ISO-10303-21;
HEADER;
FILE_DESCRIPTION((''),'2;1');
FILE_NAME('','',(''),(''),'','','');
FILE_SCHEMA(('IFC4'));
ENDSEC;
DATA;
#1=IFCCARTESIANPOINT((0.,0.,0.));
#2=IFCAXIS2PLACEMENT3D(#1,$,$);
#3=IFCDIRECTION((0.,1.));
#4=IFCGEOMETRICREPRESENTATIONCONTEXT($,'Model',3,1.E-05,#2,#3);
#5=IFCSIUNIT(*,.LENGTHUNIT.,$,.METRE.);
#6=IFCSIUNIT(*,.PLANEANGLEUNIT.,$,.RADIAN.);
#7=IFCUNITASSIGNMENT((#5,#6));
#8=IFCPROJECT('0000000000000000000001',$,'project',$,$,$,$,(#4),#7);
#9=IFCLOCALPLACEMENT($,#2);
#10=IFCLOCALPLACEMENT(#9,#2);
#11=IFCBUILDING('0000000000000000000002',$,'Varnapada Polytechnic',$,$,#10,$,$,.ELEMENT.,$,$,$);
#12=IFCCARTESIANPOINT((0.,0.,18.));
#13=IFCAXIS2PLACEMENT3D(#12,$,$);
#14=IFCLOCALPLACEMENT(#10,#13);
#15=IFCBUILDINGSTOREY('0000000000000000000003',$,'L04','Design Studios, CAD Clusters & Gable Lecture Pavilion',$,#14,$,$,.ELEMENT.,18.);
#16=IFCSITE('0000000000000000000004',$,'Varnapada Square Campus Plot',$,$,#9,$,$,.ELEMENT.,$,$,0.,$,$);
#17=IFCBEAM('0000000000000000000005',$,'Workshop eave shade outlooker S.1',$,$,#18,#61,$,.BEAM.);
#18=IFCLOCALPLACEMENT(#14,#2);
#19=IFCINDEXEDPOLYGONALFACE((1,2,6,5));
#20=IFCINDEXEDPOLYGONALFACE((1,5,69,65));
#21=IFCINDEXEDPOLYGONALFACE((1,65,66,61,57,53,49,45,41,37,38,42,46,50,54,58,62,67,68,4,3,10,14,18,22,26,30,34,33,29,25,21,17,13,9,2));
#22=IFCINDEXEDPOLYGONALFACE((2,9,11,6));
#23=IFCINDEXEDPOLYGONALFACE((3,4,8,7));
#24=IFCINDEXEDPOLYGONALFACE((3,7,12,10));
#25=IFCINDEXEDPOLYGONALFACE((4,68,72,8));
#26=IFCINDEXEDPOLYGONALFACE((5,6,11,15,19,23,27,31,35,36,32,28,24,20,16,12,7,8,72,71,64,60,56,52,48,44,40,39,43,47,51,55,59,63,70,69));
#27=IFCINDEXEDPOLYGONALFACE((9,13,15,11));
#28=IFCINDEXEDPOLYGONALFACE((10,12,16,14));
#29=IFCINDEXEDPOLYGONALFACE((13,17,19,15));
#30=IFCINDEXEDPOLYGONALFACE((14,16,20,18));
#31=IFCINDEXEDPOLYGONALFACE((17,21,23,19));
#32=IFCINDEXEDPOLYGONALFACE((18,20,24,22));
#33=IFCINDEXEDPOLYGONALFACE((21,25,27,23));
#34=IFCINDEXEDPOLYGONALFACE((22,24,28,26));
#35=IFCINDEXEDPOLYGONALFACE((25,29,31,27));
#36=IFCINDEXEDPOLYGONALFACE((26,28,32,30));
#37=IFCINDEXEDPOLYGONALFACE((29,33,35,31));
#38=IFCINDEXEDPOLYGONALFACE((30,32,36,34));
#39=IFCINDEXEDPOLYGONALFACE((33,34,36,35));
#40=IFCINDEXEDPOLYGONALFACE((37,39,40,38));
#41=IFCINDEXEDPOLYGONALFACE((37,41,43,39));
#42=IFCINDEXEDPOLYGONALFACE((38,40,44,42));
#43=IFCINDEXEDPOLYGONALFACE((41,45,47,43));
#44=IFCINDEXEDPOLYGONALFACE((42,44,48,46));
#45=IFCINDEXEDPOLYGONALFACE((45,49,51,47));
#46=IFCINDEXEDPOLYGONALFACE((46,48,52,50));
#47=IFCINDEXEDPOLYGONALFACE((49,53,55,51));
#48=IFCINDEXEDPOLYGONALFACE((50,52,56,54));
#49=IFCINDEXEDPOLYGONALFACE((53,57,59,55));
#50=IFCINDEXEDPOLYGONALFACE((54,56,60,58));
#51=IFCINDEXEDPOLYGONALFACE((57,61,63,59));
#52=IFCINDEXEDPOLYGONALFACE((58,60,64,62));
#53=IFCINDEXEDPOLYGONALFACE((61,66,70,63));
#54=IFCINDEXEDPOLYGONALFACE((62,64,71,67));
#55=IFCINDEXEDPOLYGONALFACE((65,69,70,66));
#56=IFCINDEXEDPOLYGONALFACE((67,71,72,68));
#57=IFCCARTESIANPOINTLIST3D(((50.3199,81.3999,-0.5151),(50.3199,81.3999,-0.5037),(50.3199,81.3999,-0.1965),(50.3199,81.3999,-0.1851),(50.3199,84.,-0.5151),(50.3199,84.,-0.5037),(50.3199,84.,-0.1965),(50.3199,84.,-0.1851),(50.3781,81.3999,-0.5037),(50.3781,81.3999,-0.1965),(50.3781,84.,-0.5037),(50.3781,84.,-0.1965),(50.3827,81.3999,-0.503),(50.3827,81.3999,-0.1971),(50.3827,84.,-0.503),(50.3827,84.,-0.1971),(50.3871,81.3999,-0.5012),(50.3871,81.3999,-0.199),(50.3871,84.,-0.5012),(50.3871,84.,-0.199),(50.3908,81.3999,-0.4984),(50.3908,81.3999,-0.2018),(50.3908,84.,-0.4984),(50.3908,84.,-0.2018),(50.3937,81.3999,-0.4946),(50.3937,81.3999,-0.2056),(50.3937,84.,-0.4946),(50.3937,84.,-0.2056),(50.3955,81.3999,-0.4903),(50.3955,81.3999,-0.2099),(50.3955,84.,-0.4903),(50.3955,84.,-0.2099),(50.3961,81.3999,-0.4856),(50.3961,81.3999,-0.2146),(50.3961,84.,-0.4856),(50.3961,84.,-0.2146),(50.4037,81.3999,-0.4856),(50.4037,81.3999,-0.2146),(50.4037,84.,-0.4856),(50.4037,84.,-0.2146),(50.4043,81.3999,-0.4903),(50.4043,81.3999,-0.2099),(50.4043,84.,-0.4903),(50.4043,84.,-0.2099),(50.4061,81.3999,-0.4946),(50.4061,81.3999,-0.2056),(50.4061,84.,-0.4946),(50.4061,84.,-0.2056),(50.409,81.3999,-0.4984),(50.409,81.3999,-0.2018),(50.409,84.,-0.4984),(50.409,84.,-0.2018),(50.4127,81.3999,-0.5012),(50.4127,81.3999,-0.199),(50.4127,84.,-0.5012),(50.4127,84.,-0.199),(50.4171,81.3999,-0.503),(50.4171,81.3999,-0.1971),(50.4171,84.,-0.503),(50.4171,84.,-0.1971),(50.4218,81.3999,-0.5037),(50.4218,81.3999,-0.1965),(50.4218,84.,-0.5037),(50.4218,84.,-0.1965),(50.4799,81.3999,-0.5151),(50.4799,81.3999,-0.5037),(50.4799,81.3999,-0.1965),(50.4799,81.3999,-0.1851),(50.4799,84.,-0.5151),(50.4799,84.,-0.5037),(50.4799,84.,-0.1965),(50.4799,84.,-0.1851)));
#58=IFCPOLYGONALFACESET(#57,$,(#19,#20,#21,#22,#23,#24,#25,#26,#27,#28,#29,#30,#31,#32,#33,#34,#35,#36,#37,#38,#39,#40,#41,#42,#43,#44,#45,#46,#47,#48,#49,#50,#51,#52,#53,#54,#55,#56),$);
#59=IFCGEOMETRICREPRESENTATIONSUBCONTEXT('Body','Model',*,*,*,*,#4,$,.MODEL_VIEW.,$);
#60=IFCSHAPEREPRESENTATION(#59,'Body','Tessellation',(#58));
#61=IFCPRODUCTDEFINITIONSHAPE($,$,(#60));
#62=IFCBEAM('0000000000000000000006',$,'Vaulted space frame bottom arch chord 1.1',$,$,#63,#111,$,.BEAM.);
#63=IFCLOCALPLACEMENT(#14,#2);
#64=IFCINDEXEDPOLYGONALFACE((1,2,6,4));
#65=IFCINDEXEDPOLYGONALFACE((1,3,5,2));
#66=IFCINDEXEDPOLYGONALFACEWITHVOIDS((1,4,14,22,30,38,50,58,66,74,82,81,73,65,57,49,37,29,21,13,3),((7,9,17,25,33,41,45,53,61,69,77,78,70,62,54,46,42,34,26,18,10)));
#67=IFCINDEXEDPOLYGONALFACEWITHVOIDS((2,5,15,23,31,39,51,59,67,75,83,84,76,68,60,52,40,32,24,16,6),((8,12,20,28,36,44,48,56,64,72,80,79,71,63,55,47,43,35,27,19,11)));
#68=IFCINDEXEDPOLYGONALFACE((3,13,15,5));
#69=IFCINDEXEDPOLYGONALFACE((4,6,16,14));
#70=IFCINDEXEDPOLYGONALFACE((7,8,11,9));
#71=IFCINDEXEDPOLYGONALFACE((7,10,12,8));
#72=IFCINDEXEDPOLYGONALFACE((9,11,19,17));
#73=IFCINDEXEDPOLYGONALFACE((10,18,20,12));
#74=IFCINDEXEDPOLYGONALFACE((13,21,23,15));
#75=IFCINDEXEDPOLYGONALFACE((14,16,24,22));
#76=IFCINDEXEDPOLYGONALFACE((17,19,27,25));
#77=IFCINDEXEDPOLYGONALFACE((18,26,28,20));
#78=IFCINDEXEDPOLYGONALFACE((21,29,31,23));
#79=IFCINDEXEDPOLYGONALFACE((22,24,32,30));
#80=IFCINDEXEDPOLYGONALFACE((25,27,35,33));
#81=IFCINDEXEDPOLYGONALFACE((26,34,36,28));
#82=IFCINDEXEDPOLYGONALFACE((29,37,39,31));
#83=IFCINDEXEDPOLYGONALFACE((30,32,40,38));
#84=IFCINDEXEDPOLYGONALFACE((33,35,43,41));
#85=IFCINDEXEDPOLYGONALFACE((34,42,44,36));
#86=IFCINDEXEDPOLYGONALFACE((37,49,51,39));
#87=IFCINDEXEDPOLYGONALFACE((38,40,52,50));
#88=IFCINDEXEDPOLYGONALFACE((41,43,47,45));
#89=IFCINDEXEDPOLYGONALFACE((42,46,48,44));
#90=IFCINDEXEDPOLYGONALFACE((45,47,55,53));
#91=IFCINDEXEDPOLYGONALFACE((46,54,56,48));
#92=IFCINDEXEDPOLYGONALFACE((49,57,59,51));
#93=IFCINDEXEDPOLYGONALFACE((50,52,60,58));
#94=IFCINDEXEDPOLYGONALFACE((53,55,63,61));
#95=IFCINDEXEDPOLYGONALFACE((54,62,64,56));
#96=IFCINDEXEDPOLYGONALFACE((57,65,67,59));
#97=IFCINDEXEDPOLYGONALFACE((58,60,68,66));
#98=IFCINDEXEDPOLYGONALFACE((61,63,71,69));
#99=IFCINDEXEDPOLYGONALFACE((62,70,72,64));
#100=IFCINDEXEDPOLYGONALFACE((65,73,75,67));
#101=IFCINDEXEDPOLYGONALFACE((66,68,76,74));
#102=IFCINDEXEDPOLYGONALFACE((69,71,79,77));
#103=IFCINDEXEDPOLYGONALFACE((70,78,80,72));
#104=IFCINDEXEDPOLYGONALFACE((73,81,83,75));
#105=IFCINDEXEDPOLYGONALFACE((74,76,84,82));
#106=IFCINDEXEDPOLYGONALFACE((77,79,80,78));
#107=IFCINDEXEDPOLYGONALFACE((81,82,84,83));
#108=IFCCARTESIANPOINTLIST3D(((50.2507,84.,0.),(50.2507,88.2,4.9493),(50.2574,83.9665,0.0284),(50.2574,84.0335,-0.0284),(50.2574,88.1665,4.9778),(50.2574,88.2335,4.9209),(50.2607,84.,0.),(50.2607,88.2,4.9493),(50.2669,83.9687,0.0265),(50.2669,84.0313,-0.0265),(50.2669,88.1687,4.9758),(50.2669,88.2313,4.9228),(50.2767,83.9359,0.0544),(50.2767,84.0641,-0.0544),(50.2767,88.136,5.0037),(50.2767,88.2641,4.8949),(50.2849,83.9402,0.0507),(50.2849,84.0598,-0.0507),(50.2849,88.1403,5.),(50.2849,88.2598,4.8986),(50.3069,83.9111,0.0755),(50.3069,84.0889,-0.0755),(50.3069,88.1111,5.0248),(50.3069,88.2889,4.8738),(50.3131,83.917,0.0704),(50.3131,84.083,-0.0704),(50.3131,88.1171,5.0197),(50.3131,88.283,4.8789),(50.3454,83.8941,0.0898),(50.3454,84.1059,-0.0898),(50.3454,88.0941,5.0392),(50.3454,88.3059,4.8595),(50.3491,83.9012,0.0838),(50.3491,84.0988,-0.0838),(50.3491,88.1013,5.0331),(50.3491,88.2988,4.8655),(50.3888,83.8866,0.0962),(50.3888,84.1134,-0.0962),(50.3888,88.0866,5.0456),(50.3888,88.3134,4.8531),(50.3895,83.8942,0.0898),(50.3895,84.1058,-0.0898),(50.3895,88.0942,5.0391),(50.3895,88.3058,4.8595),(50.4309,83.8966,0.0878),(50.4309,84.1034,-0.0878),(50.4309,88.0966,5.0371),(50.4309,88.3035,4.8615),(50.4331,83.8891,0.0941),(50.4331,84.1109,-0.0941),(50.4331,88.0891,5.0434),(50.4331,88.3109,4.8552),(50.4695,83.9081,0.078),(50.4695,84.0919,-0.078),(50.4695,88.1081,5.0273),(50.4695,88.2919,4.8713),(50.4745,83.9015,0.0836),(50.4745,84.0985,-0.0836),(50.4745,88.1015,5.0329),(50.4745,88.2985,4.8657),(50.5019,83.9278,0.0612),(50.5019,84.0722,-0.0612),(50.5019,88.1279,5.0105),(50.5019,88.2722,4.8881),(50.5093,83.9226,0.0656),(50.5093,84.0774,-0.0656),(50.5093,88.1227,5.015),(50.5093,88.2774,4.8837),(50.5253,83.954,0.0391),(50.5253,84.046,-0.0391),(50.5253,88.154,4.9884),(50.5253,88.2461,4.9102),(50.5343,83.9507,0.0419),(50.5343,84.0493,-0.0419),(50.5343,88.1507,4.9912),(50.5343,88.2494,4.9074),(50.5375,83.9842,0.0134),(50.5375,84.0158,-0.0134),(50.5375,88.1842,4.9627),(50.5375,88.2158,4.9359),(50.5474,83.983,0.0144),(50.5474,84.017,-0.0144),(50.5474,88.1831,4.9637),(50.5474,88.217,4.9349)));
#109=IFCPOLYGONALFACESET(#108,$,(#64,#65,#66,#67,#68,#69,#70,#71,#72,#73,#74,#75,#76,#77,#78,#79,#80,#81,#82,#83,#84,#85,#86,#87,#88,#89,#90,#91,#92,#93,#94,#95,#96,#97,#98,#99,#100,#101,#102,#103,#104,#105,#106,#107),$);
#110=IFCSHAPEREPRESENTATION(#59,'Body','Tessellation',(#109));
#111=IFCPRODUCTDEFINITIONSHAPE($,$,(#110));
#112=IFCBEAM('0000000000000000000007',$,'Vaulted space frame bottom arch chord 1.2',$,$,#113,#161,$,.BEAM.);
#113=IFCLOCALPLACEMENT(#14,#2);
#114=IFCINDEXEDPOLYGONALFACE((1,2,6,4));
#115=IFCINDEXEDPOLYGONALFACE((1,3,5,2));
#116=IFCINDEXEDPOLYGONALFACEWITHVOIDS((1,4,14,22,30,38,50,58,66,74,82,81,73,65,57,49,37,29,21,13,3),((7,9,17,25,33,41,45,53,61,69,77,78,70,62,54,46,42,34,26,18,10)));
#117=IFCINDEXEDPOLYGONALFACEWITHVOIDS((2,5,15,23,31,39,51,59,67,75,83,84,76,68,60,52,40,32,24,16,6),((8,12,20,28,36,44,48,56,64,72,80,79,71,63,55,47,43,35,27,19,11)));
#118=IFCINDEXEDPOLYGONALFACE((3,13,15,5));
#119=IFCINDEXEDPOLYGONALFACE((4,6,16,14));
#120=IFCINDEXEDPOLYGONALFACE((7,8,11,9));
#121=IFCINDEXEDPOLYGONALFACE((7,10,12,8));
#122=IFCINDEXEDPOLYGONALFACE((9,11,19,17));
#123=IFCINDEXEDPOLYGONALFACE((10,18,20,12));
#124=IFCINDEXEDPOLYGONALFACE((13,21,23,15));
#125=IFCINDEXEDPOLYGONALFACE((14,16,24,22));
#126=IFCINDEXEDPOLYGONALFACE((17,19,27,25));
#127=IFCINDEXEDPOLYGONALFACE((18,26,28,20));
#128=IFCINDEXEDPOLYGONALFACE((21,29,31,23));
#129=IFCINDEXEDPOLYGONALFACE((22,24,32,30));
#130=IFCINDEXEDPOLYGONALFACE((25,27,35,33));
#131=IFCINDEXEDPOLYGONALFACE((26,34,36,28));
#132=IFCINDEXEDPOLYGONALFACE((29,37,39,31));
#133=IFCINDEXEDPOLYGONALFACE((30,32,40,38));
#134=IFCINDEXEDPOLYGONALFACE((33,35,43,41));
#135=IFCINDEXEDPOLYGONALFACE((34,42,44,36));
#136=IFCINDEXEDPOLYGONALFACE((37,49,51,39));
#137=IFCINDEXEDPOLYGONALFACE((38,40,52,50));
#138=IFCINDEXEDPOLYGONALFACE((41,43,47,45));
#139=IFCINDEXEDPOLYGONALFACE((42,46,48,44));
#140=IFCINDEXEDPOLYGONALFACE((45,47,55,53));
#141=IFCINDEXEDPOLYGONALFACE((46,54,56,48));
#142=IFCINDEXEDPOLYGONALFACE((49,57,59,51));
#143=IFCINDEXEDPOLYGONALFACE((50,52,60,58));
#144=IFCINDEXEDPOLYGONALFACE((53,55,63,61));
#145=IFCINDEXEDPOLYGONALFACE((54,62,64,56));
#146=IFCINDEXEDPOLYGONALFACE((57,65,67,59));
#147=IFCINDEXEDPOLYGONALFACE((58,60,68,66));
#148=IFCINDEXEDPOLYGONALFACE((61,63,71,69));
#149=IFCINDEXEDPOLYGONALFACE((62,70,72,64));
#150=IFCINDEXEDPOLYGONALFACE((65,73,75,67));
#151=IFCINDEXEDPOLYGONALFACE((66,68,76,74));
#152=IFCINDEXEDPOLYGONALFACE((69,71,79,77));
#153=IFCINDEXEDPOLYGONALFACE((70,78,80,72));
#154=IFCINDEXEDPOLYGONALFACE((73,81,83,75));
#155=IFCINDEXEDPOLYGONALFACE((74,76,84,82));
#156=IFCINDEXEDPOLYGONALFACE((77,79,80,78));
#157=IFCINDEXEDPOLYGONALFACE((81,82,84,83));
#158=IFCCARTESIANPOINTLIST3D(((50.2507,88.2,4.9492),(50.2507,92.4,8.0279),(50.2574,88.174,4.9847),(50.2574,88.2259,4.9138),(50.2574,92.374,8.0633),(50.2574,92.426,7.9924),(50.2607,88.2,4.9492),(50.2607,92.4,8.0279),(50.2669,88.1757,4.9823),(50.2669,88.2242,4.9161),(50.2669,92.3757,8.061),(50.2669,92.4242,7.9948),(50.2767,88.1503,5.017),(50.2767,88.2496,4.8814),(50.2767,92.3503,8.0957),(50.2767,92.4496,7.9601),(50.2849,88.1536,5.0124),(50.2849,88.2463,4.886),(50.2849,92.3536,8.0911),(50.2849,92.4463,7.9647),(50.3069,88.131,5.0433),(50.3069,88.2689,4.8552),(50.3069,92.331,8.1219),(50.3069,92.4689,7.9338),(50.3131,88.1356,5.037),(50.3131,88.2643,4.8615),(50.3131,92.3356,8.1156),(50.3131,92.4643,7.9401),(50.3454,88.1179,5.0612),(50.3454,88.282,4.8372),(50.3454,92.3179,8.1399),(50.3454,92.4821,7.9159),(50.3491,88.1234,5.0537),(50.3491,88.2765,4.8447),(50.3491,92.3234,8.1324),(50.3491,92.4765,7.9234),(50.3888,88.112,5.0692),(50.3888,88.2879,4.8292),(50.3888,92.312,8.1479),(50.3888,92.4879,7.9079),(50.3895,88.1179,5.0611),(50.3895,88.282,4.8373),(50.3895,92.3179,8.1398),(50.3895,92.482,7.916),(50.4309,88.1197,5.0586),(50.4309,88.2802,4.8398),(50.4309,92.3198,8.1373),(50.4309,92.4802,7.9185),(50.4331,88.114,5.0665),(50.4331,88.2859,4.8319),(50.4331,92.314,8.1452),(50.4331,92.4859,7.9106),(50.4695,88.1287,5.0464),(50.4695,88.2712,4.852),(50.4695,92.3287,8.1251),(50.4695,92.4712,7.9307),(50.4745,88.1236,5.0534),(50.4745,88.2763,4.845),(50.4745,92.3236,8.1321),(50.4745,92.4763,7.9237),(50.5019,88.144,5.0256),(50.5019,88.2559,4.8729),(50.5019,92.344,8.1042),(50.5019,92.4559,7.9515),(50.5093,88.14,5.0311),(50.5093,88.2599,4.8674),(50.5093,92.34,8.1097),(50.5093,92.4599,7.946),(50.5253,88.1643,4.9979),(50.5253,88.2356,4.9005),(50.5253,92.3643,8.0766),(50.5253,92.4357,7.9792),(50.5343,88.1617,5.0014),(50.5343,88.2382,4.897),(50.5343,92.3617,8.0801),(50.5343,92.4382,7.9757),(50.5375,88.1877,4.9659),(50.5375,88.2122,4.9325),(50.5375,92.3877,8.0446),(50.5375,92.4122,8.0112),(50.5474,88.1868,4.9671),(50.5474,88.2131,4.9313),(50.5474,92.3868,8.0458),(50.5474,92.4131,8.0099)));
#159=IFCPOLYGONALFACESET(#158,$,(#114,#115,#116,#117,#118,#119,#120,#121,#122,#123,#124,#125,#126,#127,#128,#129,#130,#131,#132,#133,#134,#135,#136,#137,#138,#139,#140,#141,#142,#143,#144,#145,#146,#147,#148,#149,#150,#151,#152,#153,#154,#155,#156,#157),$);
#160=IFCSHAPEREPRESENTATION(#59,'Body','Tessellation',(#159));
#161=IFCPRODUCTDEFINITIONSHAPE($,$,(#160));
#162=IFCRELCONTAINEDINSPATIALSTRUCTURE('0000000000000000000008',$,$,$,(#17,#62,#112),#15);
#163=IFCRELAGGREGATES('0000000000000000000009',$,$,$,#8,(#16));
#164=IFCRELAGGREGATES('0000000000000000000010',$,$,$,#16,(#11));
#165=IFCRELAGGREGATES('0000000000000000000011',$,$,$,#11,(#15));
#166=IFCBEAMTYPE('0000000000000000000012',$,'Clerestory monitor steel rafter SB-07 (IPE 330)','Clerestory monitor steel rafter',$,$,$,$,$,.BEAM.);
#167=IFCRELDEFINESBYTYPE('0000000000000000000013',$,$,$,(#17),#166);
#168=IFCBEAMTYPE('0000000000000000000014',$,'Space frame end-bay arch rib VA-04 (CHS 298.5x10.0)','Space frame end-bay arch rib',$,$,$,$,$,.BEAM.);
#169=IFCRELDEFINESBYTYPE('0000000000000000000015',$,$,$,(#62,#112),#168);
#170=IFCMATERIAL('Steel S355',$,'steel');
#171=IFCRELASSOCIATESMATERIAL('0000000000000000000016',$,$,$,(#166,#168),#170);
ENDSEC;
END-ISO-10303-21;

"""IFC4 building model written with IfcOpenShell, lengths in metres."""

from ifc_helpers import new_model, si_unit, direction, frame, origin, origin_2d, place, context, subcontext, project, spatial, hollow_circle, i_section, extrude, material, material_profile, profile_set, type_object, element, save


model = new_model("IFC4")

# Units and contexts
model_context = context("Model", 3, precision=1e-05, world=origin(), true_north=direction((0.0, 1.0)))
body_context = subcontext(model_context, "Body", "Model", "MODEL_VIEW")
ifc_project = project(units=[si_unit("LENGTHUNIT", "METRE"), si_unit("PLANEANGLEUNIT", "RADIAN")], contexts=[model_context])

# Site, building, storey
site_placement = place(None, origin())
site = spatial("IfcSite", under=ifc_project, at=site_placement, Name="Varnapada Square Campus Plot", CompositionType="ELEMENT", RefElevation=0.0)
building_placement = place(site_placement, origin())
building = spatial("IfcBuilding", under=site, at=building_placement, Name="Varnapada Polytechnic", CompositionType="ELEMENT")
storey_placement = place(building_placement, frame((0.0, 0.0, 18.0)))
storey = spatial("IfcBuildingStorey", under=building, at=storey_placement, Name="L04", Description="Design Studios, CAD Clusters & Gable Lecture Pavilion", CompositionType="ELEMENT", Elevation=18.0)

# Beams
ifc_material = material(Name="Steel S355", Category="steel")
ifc_material_profile_1 = material_profile(ifc_material, i_section(OverallWidth=0.1599, OverallDepth=0.3301, WebThickness=0.0076, FlangeThickness=0.0115, FilletRadius=0.0181, at=origin_2d()), Name="IPE 330")
ifc_profile_set_1 = profile_set([ifc_material_profile_1], Name="Steel S355")
beam_type_1 = type_object("IfcBeamType", Name="Clerestory monitor steel rafter SB-07 (IPE 330)", Description="Clerestory monitor steel rafter", PredefinedType="BEAM", material=ifc_profile_set_1)
beam_1_placement = place(storey_placement, frame((50.3999, 84.0, -0.3501), z_axis=(0.0, -1.0, 0.0), x_axis=(1.0, 0.0, 0.0)))
element("IfcBeam", 1, at=beam_1_placement, inside=storey, type_object=beam_type_1, Name="Workshop eave shade outlooker S.1", PredefinedType="BEAM", context=body_context, shape_type="SweptSolid", body=[
    extrude(i_section(OverallWidth=0.1599, OverallDepth=0.3301, WebThickness=0.0076, FlangeThickness=0.0115, FilletRadius=0.0181, at=origin_2d()), origin(), (0.0, 0.0, 1.0), 2.6001),
])
ifc_material_profile_2 = material_profile(ifc_material, hollow_circle(Radius=0.1492, WallThickness=0.01, at=origin_2d()), Name="CHS 298.5x10.0")
ifc_profile_set_2 = profile_set([ifc_material_profile_2], Name="Steel S355")
beam_type_2 = type_object("IfcBeamType", Name="Space frame end-bay arch rib VA-04 (CHS 298.5x10.0)", Description="Space frame end-bay arch rib", PredefinedType="BEAM", material=ifc_profile_set_2)
beam_2_placement = place(storey_placement, frame((50.3999, 84.0, 0.0), z_axis=(0.0, 0.647032, 0.762462), x_axis=(-1.0, 0.0, 0.0)))
element("IfcBeam", 2, at=beam_2_placement, inside=storey, type_object=beam_type_2, Name="Vaulted space frame bottom arch chord 1.1", PredefinedType="BEAM", context=body_context, shape_type="SweptSolid", body=[
    extrude(hollow_circle(Radius=0.1492, WallThickness=0.01, at=origin_2d()), origin(), (0.0, 0.0, 1.0), 6.4912),
])
beam_3_placement = place(storey_placement, frame((50.3999, 88.2, 4.9492), z_axis=(0.0, 0.806529, 0.591195), x_axis=(-1.0, 0.0, 0.0)))
element("IfcBeam", 3, at=beam_3_placement, inside=storey, type_object=beam_type_2, Name="Vaulted space frame bottom arch chord 1.2", PredefinedType="BEAM", context=body_context, shape_type="SweptSolid", body=[
    extrude(hollow_circle(Radius=0.1492, WallThickness=0.01, at=origin_2d()), origin(), (0.0, 0.0, 1.0), 5.2075),
])

save(model, "model.ifc")
